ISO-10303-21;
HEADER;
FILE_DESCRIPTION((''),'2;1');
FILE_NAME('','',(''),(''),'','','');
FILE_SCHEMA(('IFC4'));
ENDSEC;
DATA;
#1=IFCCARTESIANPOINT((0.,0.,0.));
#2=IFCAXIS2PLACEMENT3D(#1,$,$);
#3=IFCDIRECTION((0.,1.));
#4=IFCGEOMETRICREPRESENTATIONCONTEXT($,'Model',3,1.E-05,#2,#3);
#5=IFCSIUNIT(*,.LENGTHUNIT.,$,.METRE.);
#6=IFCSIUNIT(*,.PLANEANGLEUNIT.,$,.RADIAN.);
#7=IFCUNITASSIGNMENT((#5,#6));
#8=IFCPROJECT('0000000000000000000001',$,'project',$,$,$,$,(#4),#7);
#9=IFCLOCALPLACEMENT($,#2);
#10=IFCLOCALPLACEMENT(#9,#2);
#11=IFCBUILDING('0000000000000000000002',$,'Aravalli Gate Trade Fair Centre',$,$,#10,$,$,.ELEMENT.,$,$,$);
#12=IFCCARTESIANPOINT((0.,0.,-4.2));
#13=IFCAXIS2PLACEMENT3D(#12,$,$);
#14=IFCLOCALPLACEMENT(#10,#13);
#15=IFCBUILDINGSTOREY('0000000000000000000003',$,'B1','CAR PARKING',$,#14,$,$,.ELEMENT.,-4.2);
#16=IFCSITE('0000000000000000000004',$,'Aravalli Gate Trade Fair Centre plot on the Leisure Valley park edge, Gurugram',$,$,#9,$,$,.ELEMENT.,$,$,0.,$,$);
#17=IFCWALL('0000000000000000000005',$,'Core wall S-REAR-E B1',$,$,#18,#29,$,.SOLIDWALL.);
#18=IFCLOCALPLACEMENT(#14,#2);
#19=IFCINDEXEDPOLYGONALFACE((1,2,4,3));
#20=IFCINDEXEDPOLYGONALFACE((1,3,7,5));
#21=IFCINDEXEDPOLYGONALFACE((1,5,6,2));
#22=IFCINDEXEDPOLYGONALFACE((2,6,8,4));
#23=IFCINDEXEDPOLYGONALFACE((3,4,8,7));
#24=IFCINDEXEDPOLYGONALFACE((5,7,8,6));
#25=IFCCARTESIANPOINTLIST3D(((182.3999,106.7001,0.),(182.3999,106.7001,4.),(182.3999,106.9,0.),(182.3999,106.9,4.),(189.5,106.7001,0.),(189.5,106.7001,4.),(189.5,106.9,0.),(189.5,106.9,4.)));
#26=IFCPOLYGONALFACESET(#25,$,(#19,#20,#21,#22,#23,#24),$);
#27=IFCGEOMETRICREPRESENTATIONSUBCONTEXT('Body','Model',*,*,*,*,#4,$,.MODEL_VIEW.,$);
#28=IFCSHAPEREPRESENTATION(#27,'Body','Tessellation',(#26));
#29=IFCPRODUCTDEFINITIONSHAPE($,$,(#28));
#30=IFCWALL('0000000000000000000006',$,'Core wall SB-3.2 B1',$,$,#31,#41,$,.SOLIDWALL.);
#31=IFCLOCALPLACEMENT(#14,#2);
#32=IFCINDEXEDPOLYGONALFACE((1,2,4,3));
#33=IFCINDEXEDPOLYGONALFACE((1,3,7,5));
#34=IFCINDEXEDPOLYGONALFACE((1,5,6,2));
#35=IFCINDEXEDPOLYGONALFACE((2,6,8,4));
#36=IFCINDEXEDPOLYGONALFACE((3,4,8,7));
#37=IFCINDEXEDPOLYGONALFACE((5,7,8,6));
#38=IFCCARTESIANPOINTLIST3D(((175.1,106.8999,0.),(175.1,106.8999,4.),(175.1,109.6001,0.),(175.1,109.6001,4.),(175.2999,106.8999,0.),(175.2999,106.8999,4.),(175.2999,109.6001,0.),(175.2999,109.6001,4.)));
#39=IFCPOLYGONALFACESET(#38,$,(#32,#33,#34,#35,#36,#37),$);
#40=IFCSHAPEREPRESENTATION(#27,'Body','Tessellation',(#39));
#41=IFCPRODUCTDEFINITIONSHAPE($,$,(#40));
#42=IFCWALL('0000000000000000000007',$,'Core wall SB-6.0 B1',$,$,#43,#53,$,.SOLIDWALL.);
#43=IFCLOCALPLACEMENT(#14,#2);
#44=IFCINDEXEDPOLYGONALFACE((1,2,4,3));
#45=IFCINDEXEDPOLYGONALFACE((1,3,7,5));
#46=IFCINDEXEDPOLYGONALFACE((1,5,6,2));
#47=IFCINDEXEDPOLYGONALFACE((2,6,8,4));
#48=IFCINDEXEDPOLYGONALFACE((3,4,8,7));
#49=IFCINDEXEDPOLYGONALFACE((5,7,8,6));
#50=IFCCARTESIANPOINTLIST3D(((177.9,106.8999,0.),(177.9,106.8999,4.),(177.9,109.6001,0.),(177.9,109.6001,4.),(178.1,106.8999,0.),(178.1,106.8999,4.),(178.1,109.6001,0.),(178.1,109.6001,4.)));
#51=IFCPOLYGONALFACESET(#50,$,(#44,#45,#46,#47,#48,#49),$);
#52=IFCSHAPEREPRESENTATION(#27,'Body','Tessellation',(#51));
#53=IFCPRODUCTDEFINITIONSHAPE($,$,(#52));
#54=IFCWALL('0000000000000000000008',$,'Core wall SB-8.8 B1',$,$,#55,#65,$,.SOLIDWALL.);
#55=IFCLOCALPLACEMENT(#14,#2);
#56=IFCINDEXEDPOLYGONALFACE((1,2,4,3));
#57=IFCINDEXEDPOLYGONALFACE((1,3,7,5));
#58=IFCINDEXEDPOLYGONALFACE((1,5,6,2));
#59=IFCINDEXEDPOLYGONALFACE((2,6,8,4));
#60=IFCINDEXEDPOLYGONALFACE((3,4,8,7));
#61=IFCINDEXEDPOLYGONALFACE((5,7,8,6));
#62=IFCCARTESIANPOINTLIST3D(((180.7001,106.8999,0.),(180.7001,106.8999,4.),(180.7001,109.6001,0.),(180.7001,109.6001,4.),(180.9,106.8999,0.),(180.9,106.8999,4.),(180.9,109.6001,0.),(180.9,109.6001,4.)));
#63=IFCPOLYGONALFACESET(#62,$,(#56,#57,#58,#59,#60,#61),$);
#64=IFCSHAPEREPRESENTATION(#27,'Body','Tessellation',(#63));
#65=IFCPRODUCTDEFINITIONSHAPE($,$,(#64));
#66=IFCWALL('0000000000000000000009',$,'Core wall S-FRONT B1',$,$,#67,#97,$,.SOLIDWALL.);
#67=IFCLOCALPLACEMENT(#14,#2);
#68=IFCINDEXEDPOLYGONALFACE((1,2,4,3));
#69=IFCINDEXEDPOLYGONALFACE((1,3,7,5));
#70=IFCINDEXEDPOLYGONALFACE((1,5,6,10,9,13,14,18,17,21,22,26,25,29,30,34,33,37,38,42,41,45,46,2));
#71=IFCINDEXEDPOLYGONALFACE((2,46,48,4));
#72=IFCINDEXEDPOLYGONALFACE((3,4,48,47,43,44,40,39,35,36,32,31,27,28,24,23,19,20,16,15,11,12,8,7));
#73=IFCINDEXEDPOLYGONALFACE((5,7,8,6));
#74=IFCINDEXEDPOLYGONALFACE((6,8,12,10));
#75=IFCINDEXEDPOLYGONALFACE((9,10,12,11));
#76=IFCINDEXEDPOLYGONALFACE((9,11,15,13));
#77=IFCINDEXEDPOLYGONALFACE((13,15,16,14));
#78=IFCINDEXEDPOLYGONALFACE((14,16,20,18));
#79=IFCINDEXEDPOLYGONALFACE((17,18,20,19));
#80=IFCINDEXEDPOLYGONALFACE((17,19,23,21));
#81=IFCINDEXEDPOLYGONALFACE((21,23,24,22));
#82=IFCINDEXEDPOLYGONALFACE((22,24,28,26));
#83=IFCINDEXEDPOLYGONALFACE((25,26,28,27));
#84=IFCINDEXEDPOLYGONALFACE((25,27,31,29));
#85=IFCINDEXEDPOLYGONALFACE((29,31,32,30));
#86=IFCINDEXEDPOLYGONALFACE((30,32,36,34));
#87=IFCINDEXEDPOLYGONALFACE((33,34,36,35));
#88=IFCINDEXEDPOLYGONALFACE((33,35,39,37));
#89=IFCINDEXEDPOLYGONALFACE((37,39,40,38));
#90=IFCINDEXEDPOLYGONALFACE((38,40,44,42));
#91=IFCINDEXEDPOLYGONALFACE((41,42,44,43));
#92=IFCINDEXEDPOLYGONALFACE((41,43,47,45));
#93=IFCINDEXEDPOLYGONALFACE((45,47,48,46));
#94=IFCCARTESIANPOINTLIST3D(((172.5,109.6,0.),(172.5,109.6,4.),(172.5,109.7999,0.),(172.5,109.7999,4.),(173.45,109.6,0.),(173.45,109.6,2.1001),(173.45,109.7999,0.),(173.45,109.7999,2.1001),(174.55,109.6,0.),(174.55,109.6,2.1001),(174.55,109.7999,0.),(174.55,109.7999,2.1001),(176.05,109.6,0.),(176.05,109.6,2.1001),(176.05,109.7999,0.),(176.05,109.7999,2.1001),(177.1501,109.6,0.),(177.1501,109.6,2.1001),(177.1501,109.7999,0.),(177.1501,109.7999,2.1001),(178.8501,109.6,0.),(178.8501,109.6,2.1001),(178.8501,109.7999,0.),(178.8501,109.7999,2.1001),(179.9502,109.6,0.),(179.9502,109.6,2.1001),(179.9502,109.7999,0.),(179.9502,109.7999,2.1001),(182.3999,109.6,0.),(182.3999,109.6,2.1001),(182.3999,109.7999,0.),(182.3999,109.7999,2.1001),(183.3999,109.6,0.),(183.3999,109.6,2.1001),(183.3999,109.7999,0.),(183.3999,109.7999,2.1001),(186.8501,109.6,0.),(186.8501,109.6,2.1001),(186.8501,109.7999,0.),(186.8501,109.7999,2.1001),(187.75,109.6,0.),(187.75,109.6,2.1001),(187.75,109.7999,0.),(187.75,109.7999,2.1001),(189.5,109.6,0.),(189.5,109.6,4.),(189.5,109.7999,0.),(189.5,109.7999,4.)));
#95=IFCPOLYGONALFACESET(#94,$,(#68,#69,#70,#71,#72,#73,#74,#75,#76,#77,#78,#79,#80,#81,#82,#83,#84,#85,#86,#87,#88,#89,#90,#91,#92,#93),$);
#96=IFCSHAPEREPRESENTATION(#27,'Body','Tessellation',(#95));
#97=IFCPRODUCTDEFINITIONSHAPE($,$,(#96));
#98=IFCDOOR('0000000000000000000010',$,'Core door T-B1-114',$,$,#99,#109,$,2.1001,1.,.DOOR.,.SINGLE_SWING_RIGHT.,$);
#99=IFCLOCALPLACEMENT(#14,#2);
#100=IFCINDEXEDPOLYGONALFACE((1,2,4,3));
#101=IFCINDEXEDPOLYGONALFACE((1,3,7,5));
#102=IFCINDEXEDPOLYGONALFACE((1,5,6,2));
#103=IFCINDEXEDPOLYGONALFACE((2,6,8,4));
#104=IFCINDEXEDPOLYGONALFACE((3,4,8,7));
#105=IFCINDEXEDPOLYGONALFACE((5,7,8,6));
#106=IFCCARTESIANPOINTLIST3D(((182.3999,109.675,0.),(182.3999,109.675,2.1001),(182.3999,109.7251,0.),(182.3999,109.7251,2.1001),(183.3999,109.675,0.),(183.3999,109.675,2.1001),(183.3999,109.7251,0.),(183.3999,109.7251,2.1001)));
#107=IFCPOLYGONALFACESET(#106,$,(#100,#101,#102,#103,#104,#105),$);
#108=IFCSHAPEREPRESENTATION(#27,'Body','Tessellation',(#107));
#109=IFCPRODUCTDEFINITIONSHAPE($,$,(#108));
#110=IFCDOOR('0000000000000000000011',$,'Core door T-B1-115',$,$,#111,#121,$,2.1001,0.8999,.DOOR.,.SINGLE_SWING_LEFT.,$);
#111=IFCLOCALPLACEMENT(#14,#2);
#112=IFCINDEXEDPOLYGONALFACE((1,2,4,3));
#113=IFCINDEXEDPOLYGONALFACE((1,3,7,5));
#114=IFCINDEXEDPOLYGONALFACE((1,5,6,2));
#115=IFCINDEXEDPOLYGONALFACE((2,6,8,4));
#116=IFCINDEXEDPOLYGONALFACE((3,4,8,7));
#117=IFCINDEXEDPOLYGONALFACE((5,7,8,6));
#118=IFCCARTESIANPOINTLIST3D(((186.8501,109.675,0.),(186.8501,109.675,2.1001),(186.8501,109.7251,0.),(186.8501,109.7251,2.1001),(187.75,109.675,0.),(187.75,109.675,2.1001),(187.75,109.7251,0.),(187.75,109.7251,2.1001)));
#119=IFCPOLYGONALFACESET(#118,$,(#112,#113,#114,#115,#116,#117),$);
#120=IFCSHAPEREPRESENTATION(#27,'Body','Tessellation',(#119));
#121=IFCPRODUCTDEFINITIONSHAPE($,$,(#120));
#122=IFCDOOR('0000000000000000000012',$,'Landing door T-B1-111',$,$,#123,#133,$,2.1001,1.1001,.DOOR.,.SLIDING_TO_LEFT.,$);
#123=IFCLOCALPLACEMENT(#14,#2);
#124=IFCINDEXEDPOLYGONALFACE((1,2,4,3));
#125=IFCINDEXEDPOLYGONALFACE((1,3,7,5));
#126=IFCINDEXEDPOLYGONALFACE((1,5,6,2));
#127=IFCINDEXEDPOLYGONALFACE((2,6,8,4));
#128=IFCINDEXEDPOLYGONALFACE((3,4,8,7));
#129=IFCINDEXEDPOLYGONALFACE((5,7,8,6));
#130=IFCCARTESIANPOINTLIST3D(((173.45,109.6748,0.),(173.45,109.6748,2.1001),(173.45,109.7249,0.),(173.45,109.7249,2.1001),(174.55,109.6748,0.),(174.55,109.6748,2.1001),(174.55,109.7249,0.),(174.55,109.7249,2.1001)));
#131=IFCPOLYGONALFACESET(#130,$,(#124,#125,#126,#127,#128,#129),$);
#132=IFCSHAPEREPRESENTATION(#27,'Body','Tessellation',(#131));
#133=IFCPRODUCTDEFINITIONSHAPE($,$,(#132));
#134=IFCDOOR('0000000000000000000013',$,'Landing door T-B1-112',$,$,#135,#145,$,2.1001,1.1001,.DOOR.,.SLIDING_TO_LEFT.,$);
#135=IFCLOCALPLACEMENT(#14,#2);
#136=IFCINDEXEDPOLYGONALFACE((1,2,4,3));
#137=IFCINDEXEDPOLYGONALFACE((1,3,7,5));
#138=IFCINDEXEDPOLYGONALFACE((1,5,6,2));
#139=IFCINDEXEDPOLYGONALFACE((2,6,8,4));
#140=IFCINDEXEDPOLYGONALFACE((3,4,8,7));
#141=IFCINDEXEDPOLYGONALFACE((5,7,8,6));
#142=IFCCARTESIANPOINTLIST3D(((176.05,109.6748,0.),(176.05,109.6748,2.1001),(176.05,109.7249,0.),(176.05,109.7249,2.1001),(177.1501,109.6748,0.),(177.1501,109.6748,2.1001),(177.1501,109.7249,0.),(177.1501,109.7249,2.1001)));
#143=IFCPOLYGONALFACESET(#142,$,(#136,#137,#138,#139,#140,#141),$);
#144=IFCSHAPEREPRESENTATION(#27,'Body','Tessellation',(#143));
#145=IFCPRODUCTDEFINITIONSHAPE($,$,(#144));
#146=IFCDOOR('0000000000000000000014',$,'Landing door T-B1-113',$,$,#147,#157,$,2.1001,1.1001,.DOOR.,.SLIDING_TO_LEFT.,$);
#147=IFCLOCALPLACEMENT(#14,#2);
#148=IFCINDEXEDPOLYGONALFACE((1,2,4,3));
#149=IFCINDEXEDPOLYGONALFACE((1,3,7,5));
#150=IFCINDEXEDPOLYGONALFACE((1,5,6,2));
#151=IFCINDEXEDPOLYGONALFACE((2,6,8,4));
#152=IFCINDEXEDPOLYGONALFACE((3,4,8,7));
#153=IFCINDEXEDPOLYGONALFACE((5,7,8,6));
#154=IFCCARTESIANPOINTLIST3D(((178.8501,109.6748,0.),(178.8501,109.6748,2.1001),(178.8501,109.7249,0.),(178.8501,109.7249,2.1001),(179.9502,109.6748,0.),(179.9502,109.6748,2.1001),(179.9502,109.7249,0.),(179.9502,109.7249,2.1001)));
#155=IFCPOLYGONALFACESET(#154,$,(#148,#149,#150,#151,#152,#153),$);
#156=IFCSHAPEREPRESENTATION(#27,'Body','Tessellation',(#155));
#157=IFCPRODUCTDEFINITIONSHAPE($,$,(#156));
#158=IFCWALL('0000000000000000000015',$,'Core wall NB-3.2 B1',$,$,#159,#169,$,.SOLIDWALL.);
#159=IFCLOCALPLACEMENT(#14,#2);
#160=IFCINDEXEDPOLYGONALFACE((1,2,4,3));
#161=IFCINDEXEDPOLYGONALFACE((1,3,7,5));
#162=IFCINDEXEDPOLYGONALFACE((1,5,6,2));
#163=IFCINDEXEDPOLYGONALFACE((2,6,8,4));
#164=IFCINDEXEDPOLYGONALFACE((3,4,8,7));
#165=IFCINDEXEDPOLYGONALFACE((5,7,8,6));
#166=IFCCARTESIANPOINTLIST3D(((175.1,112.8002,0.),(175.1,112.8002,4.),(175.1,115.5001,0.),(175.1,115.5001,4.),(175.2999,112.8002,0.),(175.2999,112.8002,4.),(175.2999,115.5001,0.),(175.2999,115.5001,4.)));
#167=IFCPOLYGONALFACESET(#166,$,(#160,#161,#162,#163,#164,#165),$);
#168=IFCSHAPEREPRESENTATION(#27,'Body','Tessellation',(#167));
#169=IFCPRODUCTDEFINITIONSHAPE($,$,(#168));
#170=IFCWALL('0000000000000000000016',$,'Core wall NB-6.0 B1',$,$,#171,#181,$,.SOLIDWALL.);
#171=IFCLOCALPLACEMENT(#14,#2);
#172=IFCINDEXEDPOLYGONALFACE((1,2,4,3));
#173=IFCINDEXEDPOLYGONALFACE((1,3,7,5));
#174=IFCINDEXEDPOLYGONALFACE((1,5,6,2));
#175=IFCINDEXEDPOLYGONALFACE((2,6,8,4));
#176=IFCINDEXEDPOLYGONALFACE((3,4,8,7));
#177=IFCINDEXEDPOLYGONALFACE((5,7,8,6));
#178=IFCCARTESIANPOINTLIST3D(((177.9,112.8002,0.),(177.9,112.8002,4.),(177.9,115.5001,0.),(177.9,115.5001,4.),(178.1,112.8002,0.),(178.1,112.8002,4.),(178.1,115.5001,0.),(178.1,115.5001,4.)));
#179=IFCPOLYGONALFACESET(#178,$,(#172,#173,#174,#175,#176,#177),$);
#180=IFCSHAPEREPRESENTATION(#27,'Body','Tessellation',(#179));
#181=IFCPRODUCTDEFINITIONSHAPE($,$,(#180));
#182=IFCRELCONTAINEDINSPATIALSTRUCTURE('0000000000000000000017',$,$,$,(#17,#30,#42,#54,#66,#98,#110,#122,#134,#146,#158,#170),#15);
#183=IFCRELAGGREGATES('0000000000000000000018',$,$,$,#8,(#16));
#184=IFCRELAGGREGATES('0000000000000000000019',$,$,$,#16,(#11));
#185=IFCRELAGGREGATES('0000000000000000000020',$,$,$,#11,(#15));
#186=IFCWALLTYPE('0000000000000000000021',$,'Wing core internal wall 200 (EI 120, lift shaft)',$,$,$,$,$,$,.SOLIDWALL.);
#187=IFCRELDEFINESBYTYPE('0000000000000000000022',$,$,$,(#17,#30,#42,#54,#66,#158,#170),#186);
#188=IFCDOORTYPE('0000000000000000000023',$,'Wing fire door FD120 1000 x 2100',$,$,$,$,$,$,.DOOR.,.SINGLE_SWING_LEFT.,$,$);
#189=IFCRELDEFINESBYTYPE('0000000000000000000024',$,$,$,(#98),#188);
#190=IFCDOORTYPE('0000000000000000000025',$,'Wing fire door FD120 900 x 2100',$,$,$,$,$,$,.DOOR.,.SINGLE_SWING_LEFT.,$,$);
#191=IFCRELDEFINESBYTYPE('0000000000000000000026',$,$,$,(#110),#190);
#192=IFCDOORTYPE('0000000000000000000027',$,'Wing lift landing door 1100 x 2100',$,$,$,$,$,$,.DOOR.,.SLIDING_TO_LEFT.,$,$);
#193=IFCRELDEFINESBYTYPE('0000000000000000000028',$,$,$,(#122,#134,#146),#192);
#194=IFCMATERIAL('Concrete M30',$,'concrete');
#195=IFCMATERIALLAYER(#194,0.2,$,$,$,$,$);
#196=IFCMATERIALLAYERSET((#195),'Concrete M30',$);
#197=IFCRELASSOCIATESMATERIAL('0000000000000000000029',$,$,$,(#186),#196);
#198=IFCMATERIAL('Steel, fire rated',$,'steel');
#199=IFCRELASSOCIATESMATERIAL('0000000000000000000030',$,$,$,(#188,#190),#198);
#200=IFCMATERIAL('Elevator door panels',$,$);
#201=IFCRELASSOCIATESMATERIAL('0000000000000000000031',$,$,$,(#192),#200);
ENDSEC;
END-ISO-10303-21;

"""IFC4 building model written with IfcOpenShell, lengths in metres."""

from ifc_helpers import new_model, si_unit, direction, frame, frame_2d, origin, place, context, subcontext, project, spatial, rectangle, extrude, material, layer, layer_set, type_object, element, fill, save


model = new_model("IFC4")

# Units and contexts
model_context = context("Model", 3, precision=1e-05, world=origin(), true_north=direction((0.0, 1.0)))
body_context = subcontext(model_context, "Body", "Model", "MODEL_VIEW")
ifc_project = project(units=[si_unit("LENGTHUNIT", "METRE"), si_unit("PLANEANGLEUNIT", "RADIAN")], contexts=[model_context])

# Site, building, storey
site_placement = place(None, origin())
site = spatial("IfcSite", under=ifc_project, at=site_placement, Name="Aravalli Gate Trade Fair Centre plot on the Leisure Valley park edge, Gurugram", CompositionType="ELEMENT", RefElevation=0.0)
building_placement = place(site_placement, origin())
building = spatial("IfcBuilding", under=site, at=building_placement, Name="Aravalli Gate Trade Fair Centre", CompositionType="ELEMENT")
storey_placement = place(building_placement, frame((0.0, 0.0, -4.2)))
storey = spatial("IfcBuildingStorey", under=building, at=storey_placement, Name="B1", Description="CAR PARKING", CompositionType="ELEMENT", Elevation=-4.2)

# Walls
ifc_material_1 = material(Name="Concrete M30", Category="concrete")
ifc_layer = layer(ifc_material_1, 0.2)
ifc_layer_set = layer_set([ifc_layer], Name="Concrete M30")
wall_type = type_object("IfcWallType", Name="Wing core internal wall 200 (EI 120, lift shaft)", PredefinedType="SOLIDWALL", material=ifc_layer_set)
wall_1_placement = place(storey_placement, frame((182.3999, 106.8, 0.0), z_axis=(0.0, 0.0, 1.0), x_axis=(1.0, 0.0, 0.0)))
element("IfcWall", 1, at=wall_1_placement, inside=storey, type_object=wall_type, Name="Core wall S-REAR-E B1", PredefinedType="SOLIDWALL", context=body_context, shape_type="SweptSolid", body=[
    extrude(rectangle(XDim=7.1001, YDim=0.2, at=frame_2d((3.55, 0.0))), origin(), (0.0, 0.0, 1.0), 4.0),
])
for number, where, z_axis, x_axis, name in (
    (2, (175.2, 106.8999, 0.0), (0.0, 0.0, 1.0), (0.0, 1.0, 0.0), "Core wall SB-3.2 B1"),
    (3, (178.0, 106.8999, 0.0), (0.0, 0.0, 1.0), (0.0, 1.0, 0.0), "Core wall SB-6.0 B1"),
    (4, (180.8, 106.8999, 0.0), (0.0, 0.0, 1.0), (0.0, 1.0, 0.0), "Core wall SB-8.8 B1"),
):
    element("IfcWall", number, at=place(storey_placement, frame(where, z_axis=z_axis, x_axis=x_axis)), inside=storey, type_object=wall_type, Name=name, PredefinedType="SOLIDWALL", context=body_context, shape_type="SweptSolid", body=[
        extrude(rectangle(XDim=2.7002, YDim=0.2, at=frame_2d((1.3501, 0.0))), origin(), (0.0, 0.0, 1.0), 4.0),
    ])

# Wall, openings, doors
wall_2_placement = place(storey_placement, frame((172.5, 109.7, 0.0), z_axis=(0.0, 0.0, 1.0), x_axis=(1.0, 0.0, 0.0)))
wall_2 = element("IfcWall", 5, at=wall_2_placement, inside=storey, type_object=wall_type, Name="Core wall S-FRONT B1", PredefinedType="SOLIDWALL", context=body_context, shape_type="SweptSolid", body=[
    extrude(rectangle(XDim=17.0, YDim=0.2, at=frame_2d((8.5, 0.0))), origin(), (0.0, 0.0, 1.0), 4.0),
])
opening_1_placement = place(wall_2_placement, frame((0.95, 0.0, 0.0)))
opening_1 = element("IfcOpeningElement", 6, at=opening_1_placement, cuts=wall_2, PredefinedType="OPENING", context=body_context, shape_type="SweptSolid", body=[
    extrude(rectangle(XDim=1.1001, YDim=2.1001, at=frame_2d((0.55, 1.05))), frame((0.0, 0.1099, 0.0), z_axis=(0.0, -1.0, 0.0), x_axis=(1.0, 0.0, 0.0)), (0.0, 0.0, 1.0), 0.22),
])
opening_2_placement = place(wall_2_placement, frame((3.55, 0.0, 0.0)))
opening_2 = element("IfcOpeningElement", 7, at=opening_2_placement, cuts=wall_2, PredefinedType="OPENING", context=body_context, shape_type="SweptSolid", body=[
    extrude(rectangle(XDim=1.1001, YDim=2.1001, at=frame_2d((0.55, 1.05))), frame((0.0, 0.1099, 0.0), z_axis=(0.0, -1.0, 0.0), x_axis=(1.0, 0.0, 0.0)), (0.0, 0.0, 1.0), 0.22),
])
opening_3_placement = place(wall_2_placement, frame((6.3501, 0.0, 0.0)))
opening_3 = element("IfcOpeningElement", 8, at=opening_3_placement, cuts=wall_2, PredefinedType="OPENING", context=body_context, shape_type="SweptSolid", body=[
    extrude(rectangle(XDim=1.1001, YDim=2.1001, at=frame_2d((0.55, 1.05))), frame((0.0, 0.1099, 0.0), z_axis=(0.0, -1.0, 0.0), x_axis=(1.0, 0.0, 0.0)), (0.0, 0.0, 1.0), 0.22),
])
opening_4_placement = place(wall_2_placement, frame((9.8999, 0.0, 0.0)))
opening_4 = element("IfcOpeningElement", 9, at=opening_4_placement, cuts=wall_2, PredefinedType="OPENING", context=body_context, shape_type="SweptSolid", body=[
    extrude(rectangle(XDim=1.0, YDim=2.1001, at=frame_2d((0.5, 1.05))), frame((0.0, 0.1099, 0.0), z_axis=(0.0, -1.0, 0.0), x_axis=(1.0, 0.0, 0.0)), (0.0, 0.0, 1.0), 0.22),
])
opening_5_placement = place(wall_2_placement, frame((14.3501, 0.0, 0.0)))
opening_5 = element("IfcOpeningElement", 10, at=opening_5_placement, cuts=wall_2, PredefinedType="OPENING", context=body_context, shape_type="SweptSolid", body=[
    extrude(rectangle(XDim=0.8999, YDim=2.1001, at=frame_2d((0.45, 1.05))), frame((0.0, 0.1099, 0.0), z_axis=(0.0, -1.0, 0.0), x_axis=(1.0, 0.0, 0.0)), (0.0, 0.0, 1.0), 0.22),
])
ifc_material_2 = material(Name="Steel, fire rated", Category="steel")
door_type_1 = type_object("IfcDoorType", Name="Wing fire door FD120 1000 x 2100", OperationType="SINGLE_SWING_LEFT", PredefinedType="DOOR", material=ifc_material_2)
door_1_placement = place(opening_4_placement, frame((1.0, 0.0, 0.0), z_axis=(0.0, 0.0, 1.0), x_axis=(-1.0, 0.0, 0.0)))
door_1 = element("IfcDoor", 11, at=door_1_placement, inside=storey, type_object=door_type_1, Name="Core door T-B1-114", OperationType="SINGLE_SWING_RIGHT", OverallHeight=2.1001, OverallWidth=1.0, PredefinedType="DOOR", context=body_context, shape_type="SweptSolid", body=[
    extrude(rectangle(XDim=1.0, YDim=2.1001, at=frame_2d((0.5, 1.05))), frame((0.0, 0.0249, 0.0), z_axis=(0.0, -1.0, 0.0), x_axis=(1.0, 0.0, 0.0)), (0.0, 0.0, 1.0), 0.05),
])
fill(opening_4, door_1)
door_type_2 = type_object("IfcDoorType", Name="Wing fire door FD120 900 x 2100", OperationType="SINGLE_SWING_LEFT", PredefinedType="DOOR", material=ifc_material_2)
door_2_placement = place(opening_5_placement, frame((0.8999, 0.0, 0.0), z_axis=(0.0, 0.0, 1.0), x_axis=(-1.0, 0.0, 0.0)))
door_2 = element("IfcDoor", 12, at=door_2_placement, inside=storey, type_object=door_type_2, Name="Core door T-B1-115", OperationType="SINGLE_SWING_LEFT", OverallHeight=2.1001, OverallWidth=0.8999, PredefinedType="DOOR", context=body_context, shape_type="SweptSolid", body=[
    extrude(rectangle(XDim=0.8999, YDim=2.1001, at=frame_2d((0.45, 1.05))), frame((0.0, 0.0249, 0.0), z_axis=(0.0, -1.0, 0.0), x_axis=(1.0, 0.0, 0.0)), (0.0, 0.0, 1.0), 0.05),
])
fill(opening_5, door_2)
ifc_material_3 = material(Name="Elevator door panels")
door_type_3 = type_object("IfcDoorType", Name="Wing lift landing door 1100 x 2100", OperationType="SLIDING_TO_LEFT", PredefinedType="DOOR", material=ifc_material_3)
door_3_placement = place(opening_1_placement, origin())
door_3 = element("IfcDoor", 13, at=door_3_placement, inside=storey, type_object=door_type_3, Name="Landing door T-B1-111", OperationType="SLIDING_TO_LEFT", OverallHeight=2.1001, OverallWidth=1.1001, PredefinedType="DOOR", context=body_context, shape_type="SweptSolid", body=[
    extrude(rectangle(XDim=1.1001, YDim=2.1001, at=frame_2d((0.55, 1.05))), frame((0.0, 0.0249, 0.0), z_axis=(0.0, -1.0, 0.0), x_axis=(1.0, 0.0, 0.0)), (0.0, 0.0, 1.0), 0.05),
])
fill(opening_1, door_3)
door_4_placement = place(opening_2_placement, origin())
door_4 = element("IfcDoor", 14, at=door_4_placement, inside=storey, type_object=door_type_3, Name="Landing door T-B1-112", OperationType="SLIDING_TO_LEFT", OverallHeight=2.1001, OverallWidth=1.1001, PredefinedType="DOOR", context=body_context, shape_type="SweptSolid", body=[
    extrude(rectangle(XDim=1.1001, YDim=2.1001, at=frame_2d((0.55, 1.05))), frame((0.0, 0.0249, 0.0), z_axis=(0.0, -1.0, 0.0), x_axis=(1.0, 0.0, 0.0)), (0.0, 0.0, 1.0), 0.05),
])
fill(opening_2, door_4)
door_5_placement = place(opening_3_placement, origin())
door_5 = element("IfcDoor", 15, at=door_5_placement, inside=storey, type_object=door_type_3, Name="Landing door T-B1-113", OperationType="SLIDING_TO_LEFT", OverallHeight=2.1001, OverallWidth=1.1001, PredefinedType="DOOR", context=body_context, shape_type="SweptSolid", body=[
    extrude(rectangle(XDim=1.1001, YDim=2.1001, at=frame_2d((0.55, 1.05))), frame((0.0, 0.0249, 0.0), z_axis=(0.0, -1.0, 0.0), x_axis=(1.0, 0.0, 0.0)), (0.0, 0.0, 1.0), 0.05),
])
fill(opening_3, door_5)

# Walls
for number, where, z_axis, x_axis, name in (
    (16, (175.2, 112.8, 0.0), (0.0, 0.0, 1.0), (0.0, 1.0, 0.0), "Core wall NB-3.2 B1"),
    (17, (178.0, 112.8, 0.0), (0.0, 0.0, 1.0), (0.0, 1.0, 0.0), "Core wall NB-6.0 B1"),
):
    element("IfcWall", number, at=place(storey_placement, frame(where, z_axis=z_axis, x_axis=x_axis)), inside=storey, type_object=wall_type, Name=name, PredefinedType="SOLIDWALL", context=body_context, shape_type="SweptSolid", body=[
        extrude(rectangle(XDim=2.7, YDim=0.2, at=frame_2d((1.3501, 0.0))), origin(), (0.0, 0.0, 1.0), 4.0),
    ])

save(model, "model.ifc")
